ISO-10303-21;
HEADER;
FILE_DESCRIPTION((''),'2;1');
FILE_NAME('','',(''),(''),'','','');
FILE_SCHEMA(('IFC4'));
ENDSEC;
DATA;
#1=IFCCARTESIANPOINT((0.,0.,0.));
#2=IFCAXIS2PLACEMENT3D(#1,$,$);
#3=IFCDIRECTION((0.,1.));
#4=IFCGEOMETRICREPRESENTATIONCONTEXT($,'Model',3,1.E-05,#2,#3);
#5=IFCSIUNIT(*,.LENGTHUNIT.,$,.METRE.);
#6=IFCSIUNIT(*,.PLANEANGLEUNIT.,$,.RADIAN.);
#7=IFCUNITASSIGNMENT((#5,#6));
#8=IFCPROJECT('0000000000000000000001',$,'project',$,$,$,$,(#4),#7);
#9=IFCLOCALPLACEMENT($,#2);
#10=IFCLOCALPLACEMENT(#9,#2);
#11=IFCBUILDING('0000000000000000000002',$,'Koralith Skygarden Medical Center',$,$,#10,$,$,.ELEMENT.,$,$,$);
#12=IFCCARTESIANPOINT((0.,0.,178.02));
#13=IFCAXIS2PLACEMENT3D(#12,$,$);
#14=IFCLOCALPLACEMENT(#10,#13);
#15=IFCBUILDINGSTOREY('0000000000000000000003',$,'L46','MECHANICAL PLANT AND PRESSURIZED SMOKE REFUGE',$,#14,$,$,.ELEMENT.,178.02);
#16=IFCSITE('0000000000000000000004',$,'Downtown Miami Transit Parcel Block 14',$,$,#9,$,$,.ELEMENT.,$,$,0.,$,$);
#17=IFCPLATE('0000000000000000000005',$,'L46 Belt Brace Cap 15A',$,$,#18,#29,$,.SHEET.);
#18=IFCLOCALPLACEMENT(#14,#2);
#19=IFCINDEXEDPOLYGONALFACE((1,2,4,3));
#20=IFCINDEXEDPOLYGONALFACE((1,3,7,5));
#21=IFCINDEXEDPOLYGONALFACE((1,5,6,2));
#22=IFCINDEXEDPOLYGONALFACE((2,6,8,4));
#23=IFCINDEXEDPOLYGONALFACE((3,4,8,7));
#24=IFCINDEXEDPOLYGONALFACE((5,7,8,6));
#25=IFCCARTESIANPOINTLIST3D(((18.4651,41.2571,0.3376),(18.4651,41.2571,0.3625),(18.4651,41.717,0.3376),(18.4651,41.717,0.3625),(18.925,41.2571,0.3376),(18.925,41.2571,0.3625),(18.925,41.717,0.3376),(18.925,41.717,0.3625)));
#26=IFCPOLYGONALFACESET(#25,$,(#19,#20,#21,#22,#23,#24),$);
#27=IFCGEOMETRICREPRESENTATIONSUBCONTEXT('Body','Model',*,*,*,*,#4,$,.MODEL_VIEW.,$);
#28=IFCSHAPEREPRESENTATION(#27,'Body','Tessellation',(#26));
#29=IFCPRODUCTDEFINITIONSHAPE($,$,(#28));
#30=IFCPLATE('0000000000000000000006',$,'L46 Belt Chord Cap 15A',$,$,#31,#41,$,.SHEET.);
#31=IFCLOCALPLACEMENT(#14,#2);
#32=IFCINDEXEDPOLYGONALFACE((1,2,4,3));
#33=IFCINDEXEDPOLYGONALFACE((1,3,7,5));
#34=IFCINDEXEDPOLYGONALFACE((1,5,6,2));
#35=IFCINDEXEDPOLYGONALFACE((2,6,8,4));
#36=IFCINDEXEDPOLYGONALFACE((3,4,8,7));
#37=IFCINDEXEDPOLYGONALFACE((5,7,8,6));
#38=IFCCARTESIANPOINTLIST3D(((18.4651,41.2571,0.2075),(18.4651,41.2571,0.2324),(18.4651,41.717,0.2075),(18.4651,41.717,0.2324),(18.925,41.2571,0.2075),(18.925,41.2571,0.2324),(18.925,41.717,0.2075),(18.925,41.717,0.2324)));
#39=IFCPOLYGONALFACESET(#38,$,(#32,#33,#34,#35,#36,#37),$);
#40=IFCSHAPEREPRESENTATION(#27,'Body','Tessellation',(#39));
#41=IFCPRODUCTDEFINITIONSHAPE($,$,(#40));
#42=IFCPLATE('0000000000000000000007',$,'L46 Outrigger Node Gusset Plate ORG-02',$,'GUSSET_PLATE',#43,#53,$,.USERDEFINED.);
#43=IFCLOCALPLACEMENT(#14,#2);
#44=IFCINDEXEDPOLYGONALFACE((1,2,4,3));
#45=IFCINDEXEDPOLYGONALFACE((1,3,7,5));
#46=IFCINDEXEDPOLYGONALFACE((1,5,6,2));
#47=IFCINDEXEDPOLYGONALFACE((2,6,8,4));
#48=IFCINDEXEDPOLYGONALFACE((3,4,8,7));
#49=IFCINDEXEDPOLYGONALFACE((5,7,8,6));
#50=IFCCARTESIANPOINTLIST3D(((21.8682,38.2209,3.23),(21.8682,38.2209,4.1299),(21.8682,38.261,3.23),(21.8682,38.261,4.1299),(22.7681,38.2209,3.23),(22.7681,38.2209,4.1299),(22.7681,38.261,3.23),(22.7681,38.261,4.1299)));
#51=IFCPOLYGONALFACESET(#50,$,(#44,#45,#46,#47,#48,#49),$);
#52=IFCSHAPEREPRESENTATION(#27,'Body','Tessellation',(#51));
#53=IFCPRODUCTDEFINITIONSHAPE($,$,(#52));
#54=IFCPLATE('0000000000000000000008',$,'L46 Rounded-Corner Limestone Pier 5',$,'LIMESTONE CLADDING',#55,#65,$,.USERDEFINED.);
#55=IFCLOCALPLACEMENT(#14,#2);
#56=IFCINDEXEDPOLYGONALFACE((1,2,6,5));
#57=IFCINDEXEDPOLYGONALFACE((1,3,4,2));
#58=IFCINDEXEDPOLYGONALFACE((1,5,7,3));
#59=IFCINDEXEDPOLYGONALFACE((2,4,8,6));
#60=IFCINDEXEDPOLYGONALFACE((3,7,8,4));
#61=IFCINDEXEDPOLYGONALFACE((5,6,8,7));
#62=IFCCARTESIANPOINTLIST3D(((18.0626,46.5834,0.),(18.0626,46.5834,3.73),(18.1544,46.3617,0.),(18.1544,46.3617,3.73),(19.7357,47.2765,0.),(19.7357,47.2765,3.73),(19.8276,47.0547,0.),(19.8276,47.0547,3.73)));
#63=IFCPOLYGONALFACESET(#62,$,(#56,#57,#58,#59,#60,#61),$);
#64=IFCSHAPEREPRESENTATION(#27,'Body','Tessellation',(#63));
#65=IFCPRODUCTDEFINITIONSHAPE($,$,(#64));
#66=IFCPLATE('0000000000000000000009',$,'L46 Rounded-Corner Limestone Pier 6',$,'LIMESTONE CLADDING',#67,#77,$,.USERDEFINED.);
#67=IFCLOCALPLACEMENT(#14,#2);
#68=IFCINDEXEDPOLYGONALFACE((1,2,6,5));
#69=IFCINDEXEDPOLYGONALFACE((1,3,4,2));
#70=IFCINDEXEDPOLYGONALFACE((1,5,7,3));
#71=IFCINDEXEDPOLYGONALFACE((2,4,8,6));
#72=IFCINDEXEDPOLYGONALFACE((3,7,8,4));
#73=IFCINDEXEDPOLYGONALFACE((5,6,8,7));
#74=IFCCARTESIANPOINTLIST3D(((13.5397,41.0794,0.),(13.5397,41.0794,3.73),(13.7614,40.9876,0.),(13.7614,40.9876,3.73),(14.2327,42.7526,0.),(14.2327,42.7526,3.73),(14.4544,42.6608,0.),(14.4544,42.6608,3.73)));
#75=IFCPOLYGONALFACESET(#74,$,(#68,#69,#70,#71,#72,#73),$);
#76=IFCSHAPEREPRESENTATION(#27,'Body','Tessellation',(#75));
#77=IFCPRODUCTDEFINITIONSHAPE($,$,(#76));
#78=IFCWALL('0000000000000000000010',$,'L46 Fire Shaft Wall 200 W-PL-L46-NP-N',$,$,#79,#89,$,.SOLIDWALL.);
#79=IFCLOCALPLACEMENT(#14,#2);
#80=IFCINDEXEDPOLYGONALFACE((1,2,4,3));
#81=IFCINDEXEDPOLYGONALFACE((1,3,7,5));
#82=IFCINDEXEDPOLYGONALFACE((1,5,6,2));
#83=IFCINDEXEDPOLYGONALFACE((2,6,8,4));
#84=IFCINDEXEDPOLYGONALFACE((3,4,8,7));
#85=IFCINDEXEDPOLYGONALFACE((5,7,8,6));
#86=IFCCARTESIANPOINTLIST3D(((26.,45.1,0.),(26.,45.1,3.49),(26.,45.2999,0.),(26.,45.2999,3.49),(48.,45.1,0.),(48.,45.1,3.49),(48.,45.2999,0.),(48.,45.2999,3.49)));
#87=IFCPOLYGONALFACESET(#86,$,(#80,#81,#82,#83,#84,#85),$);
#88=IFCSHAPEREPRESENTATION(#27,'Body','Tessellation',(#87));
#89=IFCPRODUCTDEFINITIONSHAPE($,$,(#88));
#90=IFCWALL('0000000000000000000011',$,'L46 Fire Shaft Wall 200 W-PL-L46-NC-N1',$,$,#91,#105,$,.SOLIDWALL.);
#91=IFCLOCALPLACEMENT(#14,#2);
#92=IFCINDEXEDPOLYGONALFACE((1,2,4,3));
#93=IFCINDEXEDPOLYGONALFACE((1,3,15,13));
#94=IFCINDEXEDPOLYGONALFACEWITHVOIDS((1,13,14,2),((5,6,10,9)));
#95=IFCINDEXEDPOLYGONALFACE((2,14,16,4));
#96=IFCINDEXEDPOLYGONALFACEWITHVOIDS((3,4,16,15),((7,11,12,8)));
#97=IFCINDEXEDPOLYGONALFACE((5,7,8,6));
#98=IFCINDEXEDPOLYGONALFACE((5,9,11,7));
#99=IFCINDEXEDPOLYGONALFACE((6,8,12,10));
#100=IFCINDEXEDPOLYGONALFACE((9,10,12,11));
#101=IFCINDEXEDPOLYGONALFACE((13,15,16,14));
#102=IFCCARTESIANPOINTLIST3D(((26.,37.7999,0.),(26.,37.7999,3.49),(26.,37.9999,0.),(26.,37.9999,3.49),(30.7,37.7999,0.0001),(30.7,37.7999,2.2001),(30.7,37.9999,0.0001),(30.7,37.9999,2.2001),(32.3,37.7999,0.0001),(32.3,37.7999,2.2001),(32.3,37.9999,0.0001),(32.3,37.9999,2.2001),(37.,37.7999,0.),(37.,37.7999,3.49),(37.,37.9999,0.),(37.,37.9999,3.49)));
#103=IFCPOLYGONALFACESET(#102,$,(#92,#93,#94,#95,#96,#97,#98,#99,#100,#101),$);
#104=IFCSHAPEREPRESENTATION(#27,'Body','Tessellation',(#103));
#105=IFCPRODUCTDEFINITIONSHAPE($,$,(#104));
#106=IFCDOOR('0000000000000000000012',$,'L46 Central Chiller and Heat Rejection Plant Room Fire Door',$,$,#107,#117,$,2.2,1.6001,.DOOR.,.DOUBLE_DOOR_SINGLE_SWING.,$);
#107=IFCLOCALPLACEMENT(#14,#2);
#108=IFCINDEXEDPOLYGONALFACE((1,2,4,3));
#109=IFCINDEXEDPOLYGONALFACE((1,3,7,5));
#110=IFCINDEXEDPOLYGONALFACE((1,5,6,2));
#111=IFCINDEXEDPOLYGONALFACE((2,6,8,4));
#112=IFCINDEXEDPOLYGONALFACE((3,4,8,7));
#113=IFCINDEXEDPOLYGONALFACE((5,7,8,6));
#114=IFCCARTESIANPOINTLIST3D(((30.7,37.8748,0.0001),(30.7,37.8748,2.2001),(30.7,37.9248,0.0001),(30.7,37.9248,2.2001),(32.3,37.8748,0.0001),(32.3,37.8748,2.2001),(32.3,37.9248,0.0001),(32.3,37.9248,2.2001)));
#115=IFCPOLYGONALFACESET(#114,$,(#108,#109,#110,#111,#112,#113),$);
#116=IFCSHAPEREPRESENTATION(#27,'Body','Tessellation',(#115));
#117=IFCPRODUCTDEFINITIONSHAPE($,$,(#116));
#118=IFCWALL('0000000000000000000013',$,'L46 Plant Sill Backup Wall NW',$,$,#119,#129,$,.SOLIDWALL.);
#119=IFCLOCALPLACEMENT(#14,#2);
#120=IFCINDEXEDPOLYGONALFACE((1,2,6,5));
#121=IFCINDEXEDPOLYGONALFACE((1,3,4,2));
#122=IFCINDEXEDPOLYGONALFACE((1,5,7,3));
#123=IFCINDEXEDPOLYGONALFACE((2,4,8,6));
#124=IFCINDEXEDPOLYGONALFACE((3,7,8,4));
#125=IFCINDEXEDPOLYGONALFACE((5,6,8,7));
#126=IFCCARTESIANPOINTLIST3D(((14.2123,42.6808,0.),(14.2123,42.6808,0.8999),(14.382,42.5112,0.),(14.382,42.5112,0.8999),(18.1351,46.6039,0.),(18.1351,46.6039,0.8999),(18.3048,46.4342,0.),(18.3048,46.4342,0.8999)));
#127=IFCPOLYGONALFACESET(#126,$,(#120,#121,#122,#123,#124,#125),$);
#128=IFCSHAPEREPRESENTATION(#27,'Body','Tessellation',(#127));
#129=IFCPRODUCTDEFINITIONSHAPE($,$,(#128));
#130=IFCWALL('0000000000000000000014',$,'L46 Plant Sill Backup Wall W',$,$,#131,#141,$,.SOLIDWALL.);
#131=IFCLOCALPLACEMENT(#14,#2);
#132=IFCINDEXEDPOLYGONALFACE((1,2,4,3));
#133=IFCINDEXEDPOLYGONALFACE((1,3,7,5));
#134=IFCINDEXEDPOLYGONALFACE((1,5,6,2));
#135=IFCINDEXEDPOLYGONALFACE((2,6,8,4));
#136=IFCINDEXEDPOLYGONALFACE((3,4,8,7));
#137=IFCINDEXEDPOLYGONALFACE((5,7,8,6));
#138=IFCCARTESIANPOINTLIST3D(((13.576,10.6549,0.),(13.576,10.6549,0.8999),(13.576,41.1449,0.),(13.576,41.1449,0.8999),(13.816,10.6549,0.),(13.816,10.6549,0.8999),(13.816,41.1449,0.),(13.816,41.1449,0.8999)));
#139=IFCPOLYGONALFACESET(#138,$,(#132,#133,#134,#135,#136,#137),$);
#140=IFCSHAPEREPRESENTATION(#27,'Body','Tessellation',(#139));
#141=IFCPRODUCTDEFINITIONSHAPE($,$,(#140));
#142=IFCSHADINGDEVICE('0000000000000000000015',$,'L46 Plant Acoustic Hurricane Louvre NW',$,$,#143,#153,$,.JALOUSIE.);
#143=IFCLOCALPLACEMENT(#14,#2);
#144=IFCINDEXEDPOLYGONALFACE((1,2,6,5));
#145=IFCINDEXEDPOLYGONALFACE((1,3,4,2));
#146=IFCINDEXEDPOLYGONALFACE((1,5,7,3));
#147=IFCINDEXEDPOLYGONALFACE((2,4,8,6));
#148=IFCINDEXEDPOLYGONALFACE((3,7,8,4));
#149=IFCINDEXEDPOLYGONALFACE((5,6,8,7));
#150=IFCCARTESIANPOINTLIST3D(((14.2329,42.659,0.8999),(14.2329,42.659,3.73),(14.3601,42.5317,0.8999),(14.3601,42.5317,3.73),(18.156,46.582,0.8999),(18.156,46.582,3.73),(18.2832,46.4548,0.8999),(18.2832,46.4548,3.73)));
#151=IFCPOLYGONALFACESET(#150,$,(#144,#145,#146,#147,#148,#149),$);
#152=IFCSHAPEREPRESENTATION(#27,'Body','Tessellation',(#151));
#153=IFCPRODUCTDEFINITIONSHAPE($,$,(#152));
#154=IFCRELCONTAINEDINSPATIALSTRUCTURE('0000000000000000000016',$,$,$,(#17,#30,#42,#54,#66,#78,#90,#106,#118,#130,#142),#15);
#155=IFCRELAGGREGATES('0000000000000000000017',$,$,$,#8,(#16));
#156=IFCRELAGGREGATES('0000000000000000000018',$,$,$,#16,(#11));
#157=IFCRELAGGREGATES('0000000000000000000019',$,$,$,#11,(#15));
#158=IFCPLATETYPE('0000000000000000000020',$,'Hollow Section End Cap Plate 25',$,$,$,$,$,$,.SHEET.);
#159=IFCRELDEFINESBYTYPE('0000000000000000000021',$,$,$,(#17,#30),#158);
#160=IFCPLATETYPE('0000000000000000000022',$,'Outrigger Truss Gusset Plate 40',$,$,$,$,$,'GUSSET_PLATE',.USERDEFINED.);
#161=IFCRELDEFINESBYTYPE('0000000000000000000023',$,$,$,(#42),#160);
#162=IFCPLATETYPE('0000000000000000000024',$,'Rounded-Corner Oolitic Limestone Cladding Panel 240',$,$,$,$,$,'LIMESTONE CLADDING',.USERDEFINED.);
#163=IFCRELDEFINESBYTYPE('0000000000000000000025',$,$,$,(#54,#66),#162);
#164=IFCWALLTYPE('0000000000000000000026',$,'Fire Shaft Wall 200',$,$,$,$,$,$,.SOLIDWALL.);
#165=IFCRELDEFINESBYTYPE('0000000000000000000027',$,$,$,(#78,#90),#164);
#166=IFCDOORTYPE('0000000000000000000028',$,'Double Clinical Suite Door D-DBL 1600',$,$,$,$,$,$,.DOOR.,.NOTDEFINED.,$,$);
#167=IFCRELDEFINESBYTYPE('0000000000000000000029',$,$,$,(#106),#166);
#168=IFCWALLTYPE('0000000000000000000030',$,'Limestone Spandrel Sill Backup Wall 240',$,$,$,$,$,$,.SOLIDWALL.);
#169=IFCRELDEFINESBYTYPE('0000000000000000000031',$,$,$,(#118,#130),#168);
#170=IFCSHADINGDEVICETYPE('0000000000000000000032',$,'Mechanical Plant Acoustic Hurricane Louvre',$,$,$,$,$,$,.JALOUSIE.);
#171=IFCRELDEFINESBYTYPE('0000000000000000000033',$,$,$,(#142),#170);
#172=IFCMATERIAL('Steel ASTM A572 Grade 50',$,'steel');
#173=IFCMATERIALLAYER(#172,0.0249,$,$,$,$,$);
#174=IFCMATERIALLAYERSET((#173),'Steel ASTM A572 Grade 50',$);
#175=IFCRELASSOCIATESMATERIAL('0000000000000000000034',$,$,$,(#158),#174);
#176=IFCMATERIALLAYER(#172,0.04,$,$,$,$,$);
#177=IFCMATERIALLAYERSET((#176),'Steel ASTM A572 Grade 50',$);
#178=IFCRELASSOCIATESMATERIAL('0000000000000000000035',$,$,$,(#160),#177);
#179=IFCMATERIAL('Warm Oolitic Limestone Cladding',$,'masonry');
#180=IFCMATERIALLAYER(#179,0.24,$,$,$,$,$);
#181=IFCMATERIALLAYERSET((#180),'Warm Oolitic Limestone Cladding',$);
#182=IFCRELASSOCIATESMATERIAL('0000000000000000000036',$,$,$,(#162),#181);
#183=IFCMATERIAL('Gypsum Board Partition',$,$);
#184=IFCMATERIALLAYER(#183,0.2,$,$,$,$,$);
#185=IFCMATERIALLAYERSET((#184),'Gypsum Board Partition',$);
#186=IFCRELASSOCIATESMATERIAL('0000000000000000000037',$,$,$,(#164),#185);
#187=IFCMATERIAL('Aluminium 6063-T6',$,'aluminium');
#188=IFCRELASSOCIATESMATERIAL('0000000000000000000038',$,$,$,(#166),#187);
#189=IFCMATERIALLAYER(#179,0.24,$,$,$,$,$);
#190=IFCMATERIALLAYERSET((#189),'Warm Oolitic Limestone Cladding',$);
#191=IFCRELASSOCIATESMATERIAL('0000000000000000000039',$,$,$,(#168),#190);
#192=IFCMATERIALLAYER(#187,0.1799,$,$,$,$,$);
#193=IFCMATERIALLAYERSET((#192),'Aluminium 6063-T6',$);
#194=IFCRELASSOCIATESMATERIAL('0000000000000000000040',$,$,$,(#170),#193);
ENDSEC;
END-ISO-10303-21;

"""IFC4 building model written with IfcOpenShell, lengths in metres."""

from ifc_helpers import new_model, si_unit, direction, frame, frame_2d, origin, origin_2d, place, context, subcontext, project, spatial, rectangle, extrude, material, layer, layer_set, type_object, element, fill, save


model = new_model("IFC4")

# Units and contexts
model_context = context("Model", 3, precision=1e-05, world=origin(), true_north=direction((0.0, 1.0)))
body_context = subcontext(model_context, "Body", "Model", "MODEL_VIEW")
ifc_project = project(units=[si_unit("LENGTHUNIT", "METRE"), si_unit("PLANEANGLEUNIT", "RADIAN")], contexts=[model_context])

# Site, building, storey
site_placement = place(None, origin())
site = spatial("IfcSite", under=ifc_project, at=site_placement, Name="Downtown Miami Transit Parcel Block 14", CompositionType="ELEMENT", RefElevation=0.0)
building_placement = place(site_placement, origin())
building = spatial("IfcBuilding", under=site, at=building_placement, Name="Koralith Skygarden Medical Center", CompositionType="ELEMENT")
storey_placement = place(building_placement, frame((0.0, 0.0, 178.02)))
storey = spatial("IfcBuildingStorey", under=building, at=storey_placement, Name="L46", Description="MECHANICAL PLANT AND PRESSURIZED SMOKE REFUGE", CompositionType="ELEMENT", Elevation=178.02)

# Plates
ifc_material_1 = material(Name="Steel ASTM A572 Grade 50", Category="steel")
ifc_layer_1 = layer(ifc_material_1, 0.0249)
ifc_layer_set_1 = layer_set([ifc_layer_1], Name="Steel ASTM A572 Grade 50")
plate_type_1 = type_object("IfcPlateType", Name="Hollow Section End Cap Plate 25", PredefinedType="SHEET", material=ifc_layer_set_1)
for number, where, z_axis, x_axis, name in (
    (1, (18.6951, 41.4871, 0.3376), (0.0, 0.0, 1.0), (1.0, 0.0, 0.0), "L46 Belt Brace Cap 15A"),
    (2, (18.6951, 41.4871, 0.2075), (0.0, 0.0, 1.0), (1.0, 0.0, 0.0), "L46 Belt Chord Cap 15A"),
):
    element("IfcPlate", number, at=place(storey_placement, frame(where, z_axis=z_axis, x_axis=x_axis)), inside=storey, type_object=plate_type_1, Name=name, PredefinedType="SHEET", context=body_context, shape_type="SweptSolid", body=[
        extrude(rectangle(XDim=0.46, YDim=0.46, at=origin_2d()), origin(), (0.0, 0.0, 1.0), 0.0249),
    ])
ifc_layer_2 = layer(ifc_material_1, 0.04)
ifc_layer_set_2 = layer_set([ifc_layer_2], Name="Steel ASTM A572 Grade 50")
plate_type_2 = type_object("IfcPlateType", Name="Outrigger Truss Gusset Plate 40", ElementType="GUSSET_PLATE", PredefinedType="USERDEFINED", material=ifc_layer_set_2)
plate_placement = place(storey_placement, frame((22.3181, 38.241, 3.23), z_axis=(0.0, 0.0, 1.0), x_axis=(1.0, 0.0, 0.0)))
element("IfcPlate", 3, at=plate_placement, inside=storey, type_object=plate_type_2, Name="L46 Outrigger Node Gusset Plate ORG-02", ObjectType="GUSSET_PLATE", PredefinedType="USERDEFINED", context=body_context, shape_type="SweptSolid", body=[
    extrude(rectangle(XDim=0.8999, YDim=0.04, at=origin_2d()), origin(), (0.0, 0.0, 1.0), 0.8999),
])
ifc_material_2 = material(Name="Warm Oolitic Limestone Cladding", Category="masonry")
ifc_layer_3 = layer(ifc_material_2, 0.24)
ifc_layer_set_3 = layer_set([ifc_layer_3], Name="Warm Oolitic Limestone Cladding")
plate_type_3 = type_object("IfcPlateType", Name="Rounded-Corner Oolitic Limestone Cladding Panel 240", ElementType="LIMESTONE CLADDING", PredefinedType="USERDEFINED", material=ifc_layer_set_3)
for number, where, z_axis, x_axis, name in (
    (4, (18.9451, 46.8191, 0.0), (0.0, 0.0, 1.0), (-0.923885, -0.382671, 0.0), "L46 Rounded-Corner Limestone Pier 5"),
    (5, (13.9971, 41.8701, 0.0), (0.0, 0.0, 1.0), (-0.382671, -0.923885, 0.0), "L46 Rounded-Corner Limestone Pier 6"),
):
    element("IfcPlate", number, at=place(storey_placement, frame(where, z_axis=z_axis, x_axis=x_axis)), inside=storey, type_object=plate_type_3, Name=name, ObjectType="LIMESTONE CLADDING", PredefinedType="USERDEFINED", context=body_context, shape_type="SweptSolid", body=[
        extrude(rectangle(XDim=1.811, YDim=0.24, at=origin_2d()), origin(), (0.0, 0.0, 1.0), 3.73),
    ])

# Wall
ifc_material_3 = material(Name="Gypsum Board Partition")
ifc_layer_4 = layer(ifc_material_3, 0.2)
ifc_layer_set_4 = layer_set([ifc_layer_4], Name="Gypsum Board Partition")
wall_type_1 = type_object("IfcWallType", Name="Fire Shaft Wall 200", PredefinedType="SOLIDWALL", material=ifc_layer_set_4)
wall_1_placement = place(storey_placement, frame((26.0, 45.2, 0.0), z_axis=(0.0, 0.0, 1.0), x_axis=(1.0, 0.0, 0.0)))
element("IfcWall", 6, at=wall_1_placement, inside=storey, type_object=wall_type_1, Name="L46 Fire Shaft Wall 200 W-PL-L46-NP-N", PredefinedType="SOLIDWALL", context=body_context, shape_type="SweptSolid", body=[
    extrude(rectangle(XDim=22.0, YDim=0.2, at=frame_2d((11.0, 0.0))), origin(), (0.0, 0.0, 1.0), 3.49),
])

# Wall, opening, door
wall_2_placement = place(storey_placement, frame((26.0, 37.8999, 0.0), z_axis=(0.0, 0.0, 1.0), x_axis=(1.0, 0.0, 0.0)))
wall_2 = element("IfcWall", 7, at=wall_2_placement, inside=storey, type_object=wall_type_1, Name="L46 Fire Shaft Wall 200 W-PL-L46-NC-N1", PredefinedType="SOLIDWALL", context=body_context, shape_type="SweptSolid", body=[
    extrude(rectangle(XDim=11.0, YDim=0.2, at=frame_2d((5.5, 0.0))), origin(), (0.0, 0.0, 1.0), 3.49),
])
opening_placement = place(wall_2_placement, frame((4.7, 0.0, 0.0)))
opening = element("IfcOpeningElement", 8, at=opening_placement, cuts=wall_2, PredefinedType="OPENING", context=body_context, shape_type="SweptSolid", body=[
    extrude(rectangle(XDim=1.6001, YDim=2.2, at=frame_2d((0.8, 1.1001))), frame((0.0, 0.1099, 0.0), z_axis=(0.0, -1.0, 0.0), x_axis=(1.0, 0.0, 0.0)), (0.0, 0.0, 1.0), 0.22),
])
ifc_material_4 = material(Name="Aluminium 6063-T6", Category="aluminium")
door_type = type_object("IfcDoorType", Name="Double Clinical Suite Door D-DBL 1600", OperationType="NOTDEFINED", PredefinedType="DOOR", material=ifc_material_4)
door_placement = place(opening_placement, origin())
door = element("IfcDoor", 9, at=door_placement, inside=storey, type_object=door_type, Name="L46 Central Chiller and Heat Rejection Plant Room Fire Door", OperationType="DOUBLE_DOOR_SINGLE_SWING", OverallHeight=2.2, OverallWidth=1.6001, PredefinedType="DOOR", context=body_context, shape_type="SweptSolid", body=[
    extrude(rectangle(XDim=1.6001, YDim=2.2, at=frame_2d((0.8, 1.1001))), frame((0.0, 0.0249, 0.0), z_axis=(0.0, -1.0, 0.0), x_axis=(1.0, 0.0, 0.0)), (0.0, 0.0, 1.0), 0.05),
])
fill(opening, door)

# Walls
ifc_layer_5 = layer(ifc_material_2, 0.24)
ifc_layer_set_5 = layer_set([ifc_layer_5], Name="Warm Oolitic Limestone Cladding")
wall_type_2 = type_object("IfcWallType", Name="Limestone Spandrel Sill Backup Wall 240", PredefinedType="SOLIDWALL", material=ifc_layer_set_5)
wall_3_placement = place(storey_placement, frame((18.22, 46.519, 0.0), z_axis=(0.0, 0.0, 1.0), x_axis=(-0.707085, -0.707129, 0.0)))
element("IfcWall", 10, at=wall_3_placement, inside=storey, type_object=wall_type_2, Name="L46 Plant Sill Backup Wall NW", PredefinedType="SOLIDWALL", context=body_context, shape_type="SweptSolid", body=[
    extrude(rectangle(XDim=5.5479, YDim=0.24, at=frame_2d((2.7739, 0.0))), origin(), (0.0, 0.0, 1.0), 0.8999),
])
wall_4_placement = place(storey_placement, frame((13.696, 41.145, 0.0), z_axis=(0.0, 0.0, 1.0), x_axis=(0.0, -1.0, 0.0)))
element("IfcWall", 11, at=wall_4_placement, inside=storey, type_object=wall_type_2, Name="L46 Plant Sill Backup Wall W", PredefinedType="SOLIDWALL", context=body_context, shape_type="SweptSolid", body=[
    extrude(rectangle(XDim=30.49, YDim=0.24, at=frame_2d((15.2451, 0.0))), origin(), (0.0, 0.0, 1.0), 0.8999),
])

# Shading device
ifc_layer_6 = layer(ifc_material_4, 0.1799)
ifc_layer_set_6 = layer_set([ifc_layer_6], Name="Aluminium 6063-T6")
shading_device_type = type_object("IfcShadingDeviceType", Name="Mechanical Plant Acoustic Hurricane Louvre", PredefinedType="JALOUSIE", material=ifc_layer_set_6)
shading_device_placement = place(storey_placement, frame((16.2581, 44.5569, 0.8999), z_axis=(0.0, 0.0, 1.0), x_axis=(-0.707107, -0.707107, 0.0)))
element("IfcShadingDevice", 12, at=shading_device_placement, inside=storey, type_object=shading_device_type, Name="L46 Plant Acoustic Hurricane Louvre NW", PredefinedType="JALOUSIE", context=body_context, shape_type="SweptSolid", body=[
    extrude(rectangle(XDim=5.5481, YDim=0.1799, at=origin_2d()), origin(), (0.0, 0.0, 1.0), 2.8301),
])

save(model, "model.ifc")
